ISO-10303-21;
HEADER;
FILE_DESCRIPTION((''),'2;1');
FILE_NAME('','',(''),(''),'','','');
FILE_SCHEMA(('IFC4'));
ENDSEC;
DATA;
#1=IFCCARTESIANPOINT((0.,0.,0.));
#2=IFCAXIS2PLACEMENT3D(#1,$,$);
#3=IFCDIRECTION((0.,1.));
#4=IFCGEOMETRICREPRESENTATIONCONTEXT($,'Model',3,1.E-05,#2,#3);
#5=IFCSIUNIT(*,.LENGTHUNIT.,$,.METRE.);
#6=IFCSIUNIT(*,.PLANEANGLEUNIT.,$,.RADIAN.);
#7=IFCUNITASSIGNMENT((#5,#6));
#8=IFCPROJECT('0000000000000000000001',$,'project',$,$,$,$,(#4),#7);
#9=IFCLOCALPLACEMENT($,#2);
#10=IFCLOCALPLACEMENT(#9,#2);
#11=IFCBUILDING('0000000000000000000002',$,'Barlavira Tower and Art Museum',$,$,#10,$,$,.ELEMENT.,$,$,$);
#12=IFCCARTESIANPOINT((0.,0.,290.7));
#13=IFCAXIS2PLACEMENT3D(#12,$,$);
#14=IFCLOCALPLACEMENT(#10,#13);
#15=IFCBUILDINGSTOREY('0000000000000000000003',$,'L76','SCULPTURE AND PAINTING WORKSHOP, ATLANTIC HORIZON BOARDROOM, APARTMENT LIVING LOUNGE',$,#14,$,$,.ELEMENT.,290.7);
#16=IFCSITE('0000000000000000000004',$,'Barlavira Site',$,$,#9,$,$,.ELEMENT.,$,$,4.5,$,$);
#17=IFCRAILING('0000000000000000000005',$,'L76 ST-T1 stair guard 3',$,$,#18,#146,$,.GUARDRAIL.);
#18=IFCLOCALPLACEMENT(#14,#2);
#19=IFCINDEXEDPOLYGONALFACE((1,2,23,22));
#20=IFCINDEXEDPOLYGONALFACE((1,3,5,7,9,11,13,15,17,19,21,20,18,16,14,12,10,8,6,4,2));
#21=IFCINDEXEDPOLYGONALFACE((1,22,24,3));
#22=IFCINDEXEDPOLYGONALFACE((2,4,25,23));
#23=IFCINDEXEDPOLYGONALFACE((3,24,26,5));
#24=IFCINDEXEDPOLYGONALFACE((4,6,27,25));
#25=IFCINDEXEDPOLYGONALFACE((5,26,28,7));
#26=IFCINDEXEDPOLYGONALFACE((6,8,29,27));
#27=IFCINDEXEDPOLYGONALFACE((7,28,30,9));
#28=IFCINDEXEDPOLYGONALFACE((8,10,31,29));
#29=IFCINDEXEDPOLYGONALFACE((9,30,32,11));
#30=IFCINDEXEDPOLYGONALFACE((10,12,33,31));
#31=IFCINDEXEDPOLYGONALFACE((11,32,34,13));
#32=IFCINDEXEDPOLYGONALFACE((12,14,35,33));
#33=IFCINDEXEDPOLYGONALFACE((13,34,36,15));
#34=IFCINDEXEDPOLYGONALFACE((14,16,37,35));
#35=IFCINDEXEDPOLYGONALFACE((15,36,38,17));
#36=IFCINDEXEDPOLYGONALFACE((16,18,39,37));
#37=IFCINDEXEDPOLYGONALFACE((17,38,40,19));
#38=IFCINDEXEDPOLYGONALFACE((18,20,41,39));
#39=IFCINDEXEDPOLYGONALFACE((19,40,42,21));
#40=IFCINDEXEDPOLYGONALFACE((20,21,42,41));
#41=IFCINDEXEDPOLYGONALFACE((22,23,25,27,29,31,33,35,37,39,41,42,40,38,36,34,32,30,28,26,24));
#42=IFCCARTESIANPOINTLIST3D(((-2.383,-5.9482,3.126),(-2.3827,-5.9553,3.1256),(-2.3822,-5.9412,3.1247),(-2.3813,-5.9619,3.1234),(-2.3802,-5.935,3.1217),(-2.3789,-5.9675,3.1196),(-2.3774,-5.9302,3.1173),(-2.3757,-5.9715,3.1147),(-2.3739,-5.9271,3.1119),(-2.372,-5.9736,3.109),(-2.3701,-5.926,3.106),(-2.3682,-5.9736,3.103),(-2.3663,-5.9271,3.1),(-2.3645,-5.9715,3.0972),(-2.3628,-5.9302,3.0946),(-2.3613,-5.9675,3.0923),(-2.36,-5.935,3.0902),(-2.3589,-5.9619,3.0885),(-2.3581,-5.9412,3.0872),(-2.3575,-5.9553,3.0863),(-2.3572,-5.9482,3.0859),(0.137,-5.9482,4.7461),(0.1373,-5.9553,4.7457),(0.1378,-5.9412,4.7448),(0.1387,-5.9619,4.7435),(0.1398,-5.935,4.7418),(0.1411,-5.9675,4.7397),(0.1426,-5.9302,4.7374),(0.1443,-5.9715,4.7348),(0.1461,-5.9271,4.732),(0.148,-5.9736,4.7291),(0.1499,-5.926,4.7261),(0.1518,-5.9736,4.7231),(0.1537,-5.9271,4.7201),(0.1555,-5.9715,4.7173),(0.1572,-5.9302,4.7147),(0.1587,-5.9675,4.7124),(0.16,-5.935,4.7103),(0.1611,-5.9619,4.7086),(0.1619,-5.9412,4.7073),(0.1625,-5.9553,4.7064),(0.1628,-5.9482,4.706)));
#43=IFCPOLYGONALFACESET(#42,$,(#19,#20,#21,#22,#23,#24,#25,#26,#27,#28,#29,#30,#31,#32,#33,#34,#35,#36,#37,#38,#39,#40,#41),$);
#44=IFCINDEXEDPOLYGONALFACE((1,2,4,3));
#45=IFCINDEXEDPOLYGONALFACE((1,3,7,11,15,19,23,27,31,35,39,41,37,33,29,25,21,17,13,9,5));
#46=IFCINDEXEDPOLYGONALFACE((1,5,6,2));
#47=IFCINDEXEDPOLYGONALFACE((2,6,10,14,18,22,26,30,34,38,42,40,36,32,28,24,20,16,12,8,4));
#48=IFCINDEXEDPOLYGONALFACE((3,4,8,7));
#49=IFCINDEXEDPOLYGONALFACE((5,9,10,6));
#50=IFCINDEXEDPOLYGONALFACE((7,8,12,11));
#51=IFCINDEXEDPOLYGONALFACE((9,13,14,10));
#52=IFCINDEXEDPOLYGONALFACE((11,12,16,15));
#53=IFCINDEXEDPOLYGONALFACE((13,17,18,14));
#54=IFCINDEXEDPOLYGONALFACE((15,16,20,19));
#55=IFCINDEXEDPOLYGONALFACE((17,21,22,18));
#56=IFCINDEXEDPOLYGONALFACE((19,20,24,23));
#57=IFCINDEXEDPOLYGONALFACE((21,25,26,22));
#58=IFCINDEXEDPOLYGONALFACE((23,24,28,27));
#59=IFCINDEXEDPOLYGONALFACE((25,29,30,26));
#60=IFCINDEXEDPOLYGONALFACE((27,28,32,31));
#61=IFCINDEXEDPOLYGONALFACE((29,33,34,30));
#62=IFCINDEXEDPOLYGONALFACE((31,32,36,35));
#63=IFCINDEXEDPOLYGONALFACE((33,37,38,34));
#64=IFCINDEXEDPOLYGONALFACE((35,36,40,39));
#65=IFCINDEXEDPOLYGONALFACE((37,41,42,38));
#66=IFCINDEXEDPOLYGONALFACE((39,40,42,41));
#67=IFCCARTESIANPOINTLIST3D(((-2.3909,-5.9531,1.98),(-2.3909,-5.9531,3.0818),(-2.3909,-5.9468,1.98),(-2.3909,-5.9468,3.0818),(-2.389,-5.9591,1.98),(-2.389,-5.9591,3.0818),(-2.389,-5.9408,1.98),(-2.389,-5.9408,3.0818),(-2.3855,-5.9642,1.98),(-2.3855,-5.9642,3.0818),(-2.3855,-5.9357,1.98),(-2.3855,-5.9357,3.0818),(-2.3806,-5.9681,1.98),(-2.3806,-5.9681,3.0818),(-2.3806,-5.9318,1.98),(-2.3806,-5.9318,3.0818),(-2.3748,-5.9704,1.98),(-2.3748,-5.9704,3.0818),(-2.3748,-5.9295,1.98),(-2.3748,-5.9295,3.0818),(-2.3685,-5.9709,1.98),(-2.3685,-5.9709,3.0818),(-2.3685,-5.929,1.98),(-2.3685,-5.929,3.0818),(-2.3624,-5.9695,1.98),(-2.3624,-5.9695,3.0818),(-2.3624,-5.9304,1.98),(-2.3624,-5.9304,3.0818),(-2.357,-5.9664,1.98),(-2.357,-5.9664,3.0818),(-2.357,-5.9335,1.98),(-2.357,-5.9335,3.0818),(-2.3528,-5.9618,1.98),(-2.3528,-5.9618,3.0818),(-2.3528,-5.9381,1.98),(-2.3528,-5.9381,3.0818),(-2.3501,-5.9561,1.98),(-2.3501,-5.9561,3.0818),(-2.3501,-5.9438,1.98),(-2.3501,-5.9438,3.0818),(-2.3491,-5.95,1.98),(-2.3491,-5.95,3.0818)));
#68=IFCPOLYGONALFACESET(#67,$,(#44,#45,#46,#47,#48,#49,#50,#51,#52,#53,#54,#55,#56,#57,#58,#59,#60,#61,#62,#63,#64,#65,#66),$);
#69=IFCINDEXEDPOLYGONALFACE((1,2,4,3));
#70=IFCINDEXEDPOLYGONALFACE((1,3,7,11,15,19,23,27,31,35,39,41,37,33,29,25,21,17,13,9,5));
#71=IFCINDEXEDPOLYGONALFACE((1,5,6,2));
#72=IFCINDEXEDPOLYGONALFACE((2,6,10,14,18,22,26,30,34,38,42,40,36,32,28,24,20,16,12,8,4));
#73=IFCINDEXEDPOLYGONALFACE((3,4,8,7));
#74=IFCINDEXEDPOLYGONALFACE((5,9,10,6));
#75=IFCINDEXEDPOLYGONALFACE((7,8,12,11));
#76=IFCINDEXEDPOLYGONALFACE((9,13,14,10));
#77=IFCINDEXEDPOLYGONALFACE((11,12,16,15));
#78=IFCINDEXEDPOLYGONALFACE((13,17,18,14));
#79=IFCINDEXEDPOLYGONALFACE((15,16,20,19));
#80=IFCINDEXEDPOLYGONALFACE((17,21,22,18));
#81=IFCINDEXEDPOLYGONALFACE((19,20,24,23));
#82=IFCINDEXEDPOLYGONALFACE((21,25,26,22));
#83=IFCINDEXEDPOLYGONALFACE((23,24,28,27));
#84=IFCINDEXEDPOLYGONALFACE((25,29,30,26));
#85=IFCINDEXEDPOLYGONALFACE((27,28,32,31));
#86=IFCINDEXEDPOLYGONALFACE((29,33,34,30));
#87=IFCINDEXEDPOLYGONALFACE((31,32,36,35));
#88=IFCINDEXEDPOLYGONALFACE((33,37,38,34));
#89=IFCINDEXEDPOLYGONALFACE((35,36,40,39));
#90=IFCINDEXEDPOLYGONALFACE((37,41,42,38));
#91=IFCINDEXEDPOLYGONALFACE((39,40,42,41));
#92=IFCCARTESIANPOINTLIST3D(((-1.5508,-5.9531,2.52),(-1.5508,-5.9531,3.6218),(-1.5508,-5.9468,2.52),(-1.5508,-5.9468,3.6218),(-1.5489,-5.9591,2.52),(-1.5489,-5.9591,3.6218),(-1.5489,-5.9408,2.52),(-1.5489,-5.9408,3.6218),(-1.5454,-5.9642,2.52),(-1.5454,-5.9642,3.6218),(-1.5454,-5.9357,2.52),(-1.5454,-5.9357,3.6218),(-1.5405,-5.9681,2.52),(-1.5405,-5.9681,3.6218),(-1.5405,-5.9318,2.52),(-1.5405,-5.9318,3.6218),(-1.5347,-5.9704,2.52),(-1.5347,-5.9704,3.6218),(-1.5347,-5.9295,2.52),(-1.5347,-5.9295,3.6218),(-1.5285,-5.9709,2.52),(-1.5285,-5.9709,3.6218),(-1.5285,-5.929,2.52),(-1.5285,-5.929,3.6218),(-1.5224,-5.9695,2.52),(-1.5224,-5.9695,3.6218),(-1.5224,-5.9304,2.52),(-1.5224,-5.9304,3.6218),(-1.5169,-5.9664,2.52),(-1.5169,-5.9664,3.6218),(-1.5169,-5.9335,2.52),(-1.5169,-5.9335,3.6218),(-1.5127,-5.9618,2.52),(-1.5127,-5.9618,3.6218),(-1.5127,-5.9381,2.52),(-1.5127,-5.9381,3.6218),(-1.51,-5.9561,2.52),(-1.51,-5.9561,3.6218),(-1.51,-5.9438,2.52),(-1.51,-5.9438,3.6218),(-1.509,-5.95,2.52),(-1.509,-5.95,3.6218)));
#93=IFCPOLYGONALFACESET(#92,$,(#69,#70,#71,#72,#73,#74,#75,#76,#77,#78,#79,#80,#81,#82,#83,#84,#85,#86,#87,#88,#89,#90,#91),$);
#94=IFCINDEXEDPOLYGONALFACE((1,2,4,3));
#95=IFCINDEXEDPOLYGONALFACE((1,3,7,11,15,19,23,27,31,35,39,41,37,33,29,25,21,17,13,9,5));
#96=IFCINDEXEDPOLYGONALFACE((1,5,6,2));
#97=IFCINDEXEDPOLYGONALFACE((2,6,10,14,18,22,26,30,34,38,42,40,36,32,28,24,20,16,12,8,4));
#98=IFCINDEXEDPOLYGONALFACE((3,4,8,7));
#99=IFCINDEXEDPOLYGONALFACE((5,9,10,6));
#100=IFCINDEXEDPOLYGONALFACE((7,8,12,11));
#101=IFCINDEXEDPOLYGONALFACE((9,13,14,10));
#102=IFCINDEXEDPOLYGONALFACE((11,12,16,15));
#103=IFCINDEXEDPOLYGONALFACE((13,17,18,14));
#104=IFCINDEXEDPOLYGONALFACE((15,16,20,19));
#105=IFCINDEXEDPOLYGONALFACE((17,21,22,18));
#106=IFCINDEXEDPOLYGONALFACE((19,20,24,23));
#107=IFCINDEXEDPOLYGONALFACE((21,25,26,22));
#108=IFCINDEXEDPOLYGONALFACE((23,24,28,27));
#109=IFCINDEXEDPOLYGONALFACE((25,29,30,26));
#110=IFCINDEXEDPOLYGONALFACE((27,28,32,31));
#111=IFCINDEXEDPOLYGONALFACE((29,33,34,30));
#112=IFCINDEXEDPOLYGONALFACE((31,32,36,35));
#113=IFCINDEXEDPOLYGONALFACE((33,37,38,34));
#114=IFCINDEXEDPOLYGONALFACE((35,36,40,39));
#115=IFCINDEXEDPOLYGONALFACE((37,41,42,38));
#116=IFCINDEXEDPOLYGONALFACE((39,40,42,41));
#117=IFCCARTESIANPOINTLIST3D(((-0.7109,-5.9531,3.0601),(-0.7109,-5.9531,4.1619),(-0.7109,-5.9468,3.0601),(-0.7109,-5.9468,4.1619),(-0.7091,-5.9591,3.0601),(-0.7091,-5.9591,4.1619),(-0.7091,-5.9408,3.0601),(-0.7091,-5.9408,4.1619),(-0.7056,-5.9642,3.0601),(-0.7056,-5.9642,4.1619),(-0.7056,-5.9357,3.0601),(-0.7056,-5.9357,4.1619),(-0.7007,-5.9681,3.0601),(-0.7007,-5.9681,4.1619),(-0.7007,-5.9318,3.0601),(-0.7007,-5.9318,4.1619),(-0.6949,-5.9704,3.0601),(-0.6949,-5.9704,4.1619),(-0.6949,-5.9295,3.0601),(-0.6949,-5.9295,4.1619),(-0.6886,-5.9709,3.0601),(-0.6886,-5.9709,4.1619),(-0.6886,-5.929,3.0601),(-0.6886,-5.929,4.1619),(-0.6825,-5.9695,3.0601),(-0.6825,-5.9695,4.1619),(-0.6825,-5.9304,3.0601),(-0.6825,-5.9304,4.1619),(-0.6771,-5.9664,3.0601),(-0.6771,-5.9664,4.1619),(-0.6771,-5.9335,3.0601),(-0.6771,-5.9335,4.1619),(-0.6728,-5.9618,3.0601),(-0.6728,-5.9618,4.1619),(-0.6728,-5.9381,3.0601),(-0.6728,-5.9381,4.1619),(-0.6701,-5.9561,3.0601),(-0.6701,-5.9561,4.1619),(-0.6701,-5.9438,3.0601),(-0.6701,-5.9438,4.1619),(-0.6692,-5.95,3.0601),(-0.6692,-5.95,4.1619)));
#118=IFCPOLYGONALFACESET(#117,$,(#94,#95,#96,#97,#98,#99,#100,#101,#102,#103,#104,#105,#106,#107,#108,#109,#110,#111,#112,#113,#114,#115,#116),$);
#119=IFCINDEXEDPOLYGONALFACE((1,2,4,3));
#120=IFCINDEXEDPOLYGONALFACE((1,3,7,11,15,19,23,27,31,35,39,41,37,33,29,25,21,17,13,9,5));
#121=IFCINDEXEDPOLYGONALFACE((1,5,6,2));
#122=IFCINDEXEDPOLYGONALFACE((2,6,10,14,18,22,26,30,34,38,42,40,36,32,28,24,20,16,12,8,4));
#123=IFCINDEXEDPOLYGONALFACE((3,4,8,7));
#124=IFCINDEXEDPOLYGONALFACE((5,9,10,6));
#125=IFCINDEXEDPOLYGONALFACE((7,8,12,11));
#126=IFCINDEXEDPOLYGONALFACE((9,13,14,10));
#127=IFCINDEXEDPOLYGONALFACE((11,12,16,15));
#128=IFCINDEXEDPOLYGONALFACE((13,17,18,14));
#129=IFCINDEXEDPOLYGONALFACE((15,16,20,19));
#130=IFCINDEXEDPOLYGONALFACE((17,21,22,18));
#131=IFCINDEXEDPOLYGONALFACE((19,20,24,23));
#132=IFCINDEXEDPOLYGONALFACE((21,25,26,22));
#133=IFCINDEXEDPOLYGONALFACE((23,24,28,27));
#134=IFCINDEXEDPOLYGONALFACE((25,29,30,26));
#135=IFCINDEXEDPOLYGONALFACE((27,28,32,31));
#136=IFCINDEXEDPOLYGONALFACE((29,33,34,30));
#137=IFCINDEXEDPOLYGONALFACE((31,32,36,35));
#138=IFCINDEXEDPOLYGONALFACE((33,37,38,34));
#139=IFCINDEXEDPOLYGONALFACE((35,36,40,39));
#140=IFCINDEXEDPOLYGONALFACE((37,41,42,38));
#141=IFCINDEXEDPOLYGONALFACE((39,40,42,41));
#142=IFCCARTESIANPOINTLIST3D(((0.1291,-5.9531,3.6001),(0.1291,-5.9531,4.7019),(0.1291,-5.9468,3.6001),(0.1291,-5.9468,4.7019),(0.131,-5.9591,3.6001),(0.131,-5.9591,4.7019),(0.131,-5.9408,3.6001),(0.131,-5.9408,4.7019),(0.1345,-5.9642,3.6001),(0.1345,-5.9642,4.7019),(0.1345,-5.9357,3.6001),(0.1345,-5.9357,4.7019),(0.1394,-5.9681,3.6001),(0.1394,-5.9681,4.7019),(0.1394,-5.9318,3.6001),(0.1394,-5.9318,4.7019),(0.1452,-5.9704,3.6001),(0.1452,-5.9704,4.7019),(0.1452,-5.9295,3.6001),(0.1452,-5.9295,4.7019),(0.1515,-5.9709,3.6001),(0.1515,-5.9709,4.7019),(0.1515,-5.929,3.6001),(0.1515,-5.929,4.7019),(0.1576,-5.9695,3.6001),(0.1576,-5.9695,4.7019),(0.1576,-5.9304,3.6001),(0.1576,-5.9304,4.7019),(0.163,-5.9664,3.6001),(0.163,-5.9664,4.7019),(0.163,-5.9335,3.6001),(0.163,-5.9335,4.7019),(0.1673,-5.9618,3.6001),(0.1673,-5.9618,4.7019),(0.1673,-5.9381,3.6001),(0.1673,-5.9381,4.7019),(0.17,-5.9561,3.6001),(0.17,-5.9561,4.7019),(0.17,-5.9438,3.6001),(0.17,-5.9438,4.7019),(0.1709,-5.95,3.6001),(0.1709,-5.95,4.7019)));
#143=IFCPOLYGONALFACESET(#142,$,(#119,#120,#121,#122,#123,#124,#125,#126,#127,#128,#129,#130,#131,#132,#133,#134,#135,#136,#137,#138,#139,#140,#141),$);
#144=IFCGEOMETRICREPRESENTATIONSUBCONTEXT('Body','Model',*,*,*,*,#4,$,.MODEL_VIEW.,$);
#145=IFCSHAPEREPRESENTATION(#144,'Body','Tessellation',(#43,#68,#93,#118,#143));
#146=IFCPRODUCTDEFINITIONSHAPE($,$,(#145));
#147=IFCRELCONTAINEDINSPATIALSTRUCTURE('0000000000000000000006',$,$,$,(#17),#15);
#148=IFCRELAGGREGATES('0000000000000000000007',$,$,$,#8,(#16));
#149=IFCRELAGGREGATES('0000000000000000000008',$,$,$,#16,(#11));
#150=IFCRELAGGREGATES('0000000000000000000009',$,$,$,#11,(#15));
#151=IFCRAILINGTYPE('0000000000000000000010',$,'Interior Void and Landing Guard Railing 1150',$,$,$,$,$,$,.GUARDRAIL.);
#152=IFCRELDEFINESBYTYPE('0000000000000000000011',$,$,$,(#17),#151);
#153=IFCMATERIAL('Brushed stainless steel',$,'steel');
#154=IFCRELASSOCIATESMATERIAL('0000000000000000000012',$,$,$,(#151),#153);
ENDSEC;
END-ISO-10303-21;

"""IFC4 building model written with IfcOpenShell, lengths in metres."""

from ifc_helpers import new_model, si_unit, direction, frame, origin, origin_2d, place, context, subcontext, project, spatial, circle, extrude, material, type_object, element, save


model = new_model("IFC4")

# Units and contexts
model_context = context("Model", 3, precision=1e-05, world=origin(), true_north=direction((0.0, 1.0)))
body_context = subcontext(model_context, "Body", "Model", "MODEL_VIEW")
ifc_project = project(units=[si_unit("LENGTHUNIT", "METRE"), si_unit("PLANEANGLEUNIT", "RADIAN")], contexts=[model_context])

# Site, building, storey
site_placement = place(None, origin())
site = spatial("IfcSite", under=ifc_project, at=site_placement, Name="Barlavira Site", CompositionType="ELEMENT", RefElevation=4.5)
building_placement = place(site_placement, origin())
building = spatial("IfcBuilding", under=site, at=building_placement, Name="Barlavira Tower and Art Museum", CompositionType="ELEMENT")
storey_placement = place(building_placement, frame((0.0, 0.0, 290.7)))
storey = spatial("IfcBuildingStorey", under=building, at=storey_placement, Name="L76", Description="SCULPTURE AND PAINTING WORKSHOP, ATLANTIC HORIZON BOARDROOM, APARTMENT LIVING LOUNGE", CompositionType="ELEMENT", Elevation=290.7)

# Shared definitions
ifc_material_1 = material(Name="Brushed stainless steel", Category="steel")

# Railing
railing_type_1 = type_object("IfcRailingType", Name="Interior Void and Landing Guard Railing 1150", PredefinedType="GUARDRAIL", material=ifc_material_1)
railing_1_placement = place(storey_placement, frame((-2.3701, -5.95, 1.98)))
element("IfcRailing", 1, at=railing_1_placement, inside=storey, type_object=railing_type_1, Name="L76 ST-T1 stair guard 3", PredefinedType="GUARDRAIL", context=body_context, shape_type="SweptSolid", body=[
    extrude(circle(Radius=0.0239, at=origin_2d()), frame((0.0, 0.0, 1.126), z_axis=(0.841163, 0.0, 0.540782), x_axis=(0.0, 1.0, 0.0)), (0.0, 0.0, 1.0), 2.9958),
    extrude(circle(Radius=0.021, at=origin_2d()), origin(), (0.0, 0.0, 1.0), 1.1018),
    extrude(circle(Radius=0.021, at=origin_2d()), frame((0.8401, 0.0, 0.54)), (0.0, 0.0, 1.0), 1.1018),
    extrude(circle(Radius=0.021, at=origin_2d()), frame((1.6799, 0.0, 1.0801)), (0.0, 0.0, 1.0), 1.1018),
    extrude(circle(Radius=0.021, at=origin_2d()), frame((2.52, 0.0, 1.6201)), (0.0, 0.0, 1.0), 1.1018),
])

save(model, "model.ifc")
